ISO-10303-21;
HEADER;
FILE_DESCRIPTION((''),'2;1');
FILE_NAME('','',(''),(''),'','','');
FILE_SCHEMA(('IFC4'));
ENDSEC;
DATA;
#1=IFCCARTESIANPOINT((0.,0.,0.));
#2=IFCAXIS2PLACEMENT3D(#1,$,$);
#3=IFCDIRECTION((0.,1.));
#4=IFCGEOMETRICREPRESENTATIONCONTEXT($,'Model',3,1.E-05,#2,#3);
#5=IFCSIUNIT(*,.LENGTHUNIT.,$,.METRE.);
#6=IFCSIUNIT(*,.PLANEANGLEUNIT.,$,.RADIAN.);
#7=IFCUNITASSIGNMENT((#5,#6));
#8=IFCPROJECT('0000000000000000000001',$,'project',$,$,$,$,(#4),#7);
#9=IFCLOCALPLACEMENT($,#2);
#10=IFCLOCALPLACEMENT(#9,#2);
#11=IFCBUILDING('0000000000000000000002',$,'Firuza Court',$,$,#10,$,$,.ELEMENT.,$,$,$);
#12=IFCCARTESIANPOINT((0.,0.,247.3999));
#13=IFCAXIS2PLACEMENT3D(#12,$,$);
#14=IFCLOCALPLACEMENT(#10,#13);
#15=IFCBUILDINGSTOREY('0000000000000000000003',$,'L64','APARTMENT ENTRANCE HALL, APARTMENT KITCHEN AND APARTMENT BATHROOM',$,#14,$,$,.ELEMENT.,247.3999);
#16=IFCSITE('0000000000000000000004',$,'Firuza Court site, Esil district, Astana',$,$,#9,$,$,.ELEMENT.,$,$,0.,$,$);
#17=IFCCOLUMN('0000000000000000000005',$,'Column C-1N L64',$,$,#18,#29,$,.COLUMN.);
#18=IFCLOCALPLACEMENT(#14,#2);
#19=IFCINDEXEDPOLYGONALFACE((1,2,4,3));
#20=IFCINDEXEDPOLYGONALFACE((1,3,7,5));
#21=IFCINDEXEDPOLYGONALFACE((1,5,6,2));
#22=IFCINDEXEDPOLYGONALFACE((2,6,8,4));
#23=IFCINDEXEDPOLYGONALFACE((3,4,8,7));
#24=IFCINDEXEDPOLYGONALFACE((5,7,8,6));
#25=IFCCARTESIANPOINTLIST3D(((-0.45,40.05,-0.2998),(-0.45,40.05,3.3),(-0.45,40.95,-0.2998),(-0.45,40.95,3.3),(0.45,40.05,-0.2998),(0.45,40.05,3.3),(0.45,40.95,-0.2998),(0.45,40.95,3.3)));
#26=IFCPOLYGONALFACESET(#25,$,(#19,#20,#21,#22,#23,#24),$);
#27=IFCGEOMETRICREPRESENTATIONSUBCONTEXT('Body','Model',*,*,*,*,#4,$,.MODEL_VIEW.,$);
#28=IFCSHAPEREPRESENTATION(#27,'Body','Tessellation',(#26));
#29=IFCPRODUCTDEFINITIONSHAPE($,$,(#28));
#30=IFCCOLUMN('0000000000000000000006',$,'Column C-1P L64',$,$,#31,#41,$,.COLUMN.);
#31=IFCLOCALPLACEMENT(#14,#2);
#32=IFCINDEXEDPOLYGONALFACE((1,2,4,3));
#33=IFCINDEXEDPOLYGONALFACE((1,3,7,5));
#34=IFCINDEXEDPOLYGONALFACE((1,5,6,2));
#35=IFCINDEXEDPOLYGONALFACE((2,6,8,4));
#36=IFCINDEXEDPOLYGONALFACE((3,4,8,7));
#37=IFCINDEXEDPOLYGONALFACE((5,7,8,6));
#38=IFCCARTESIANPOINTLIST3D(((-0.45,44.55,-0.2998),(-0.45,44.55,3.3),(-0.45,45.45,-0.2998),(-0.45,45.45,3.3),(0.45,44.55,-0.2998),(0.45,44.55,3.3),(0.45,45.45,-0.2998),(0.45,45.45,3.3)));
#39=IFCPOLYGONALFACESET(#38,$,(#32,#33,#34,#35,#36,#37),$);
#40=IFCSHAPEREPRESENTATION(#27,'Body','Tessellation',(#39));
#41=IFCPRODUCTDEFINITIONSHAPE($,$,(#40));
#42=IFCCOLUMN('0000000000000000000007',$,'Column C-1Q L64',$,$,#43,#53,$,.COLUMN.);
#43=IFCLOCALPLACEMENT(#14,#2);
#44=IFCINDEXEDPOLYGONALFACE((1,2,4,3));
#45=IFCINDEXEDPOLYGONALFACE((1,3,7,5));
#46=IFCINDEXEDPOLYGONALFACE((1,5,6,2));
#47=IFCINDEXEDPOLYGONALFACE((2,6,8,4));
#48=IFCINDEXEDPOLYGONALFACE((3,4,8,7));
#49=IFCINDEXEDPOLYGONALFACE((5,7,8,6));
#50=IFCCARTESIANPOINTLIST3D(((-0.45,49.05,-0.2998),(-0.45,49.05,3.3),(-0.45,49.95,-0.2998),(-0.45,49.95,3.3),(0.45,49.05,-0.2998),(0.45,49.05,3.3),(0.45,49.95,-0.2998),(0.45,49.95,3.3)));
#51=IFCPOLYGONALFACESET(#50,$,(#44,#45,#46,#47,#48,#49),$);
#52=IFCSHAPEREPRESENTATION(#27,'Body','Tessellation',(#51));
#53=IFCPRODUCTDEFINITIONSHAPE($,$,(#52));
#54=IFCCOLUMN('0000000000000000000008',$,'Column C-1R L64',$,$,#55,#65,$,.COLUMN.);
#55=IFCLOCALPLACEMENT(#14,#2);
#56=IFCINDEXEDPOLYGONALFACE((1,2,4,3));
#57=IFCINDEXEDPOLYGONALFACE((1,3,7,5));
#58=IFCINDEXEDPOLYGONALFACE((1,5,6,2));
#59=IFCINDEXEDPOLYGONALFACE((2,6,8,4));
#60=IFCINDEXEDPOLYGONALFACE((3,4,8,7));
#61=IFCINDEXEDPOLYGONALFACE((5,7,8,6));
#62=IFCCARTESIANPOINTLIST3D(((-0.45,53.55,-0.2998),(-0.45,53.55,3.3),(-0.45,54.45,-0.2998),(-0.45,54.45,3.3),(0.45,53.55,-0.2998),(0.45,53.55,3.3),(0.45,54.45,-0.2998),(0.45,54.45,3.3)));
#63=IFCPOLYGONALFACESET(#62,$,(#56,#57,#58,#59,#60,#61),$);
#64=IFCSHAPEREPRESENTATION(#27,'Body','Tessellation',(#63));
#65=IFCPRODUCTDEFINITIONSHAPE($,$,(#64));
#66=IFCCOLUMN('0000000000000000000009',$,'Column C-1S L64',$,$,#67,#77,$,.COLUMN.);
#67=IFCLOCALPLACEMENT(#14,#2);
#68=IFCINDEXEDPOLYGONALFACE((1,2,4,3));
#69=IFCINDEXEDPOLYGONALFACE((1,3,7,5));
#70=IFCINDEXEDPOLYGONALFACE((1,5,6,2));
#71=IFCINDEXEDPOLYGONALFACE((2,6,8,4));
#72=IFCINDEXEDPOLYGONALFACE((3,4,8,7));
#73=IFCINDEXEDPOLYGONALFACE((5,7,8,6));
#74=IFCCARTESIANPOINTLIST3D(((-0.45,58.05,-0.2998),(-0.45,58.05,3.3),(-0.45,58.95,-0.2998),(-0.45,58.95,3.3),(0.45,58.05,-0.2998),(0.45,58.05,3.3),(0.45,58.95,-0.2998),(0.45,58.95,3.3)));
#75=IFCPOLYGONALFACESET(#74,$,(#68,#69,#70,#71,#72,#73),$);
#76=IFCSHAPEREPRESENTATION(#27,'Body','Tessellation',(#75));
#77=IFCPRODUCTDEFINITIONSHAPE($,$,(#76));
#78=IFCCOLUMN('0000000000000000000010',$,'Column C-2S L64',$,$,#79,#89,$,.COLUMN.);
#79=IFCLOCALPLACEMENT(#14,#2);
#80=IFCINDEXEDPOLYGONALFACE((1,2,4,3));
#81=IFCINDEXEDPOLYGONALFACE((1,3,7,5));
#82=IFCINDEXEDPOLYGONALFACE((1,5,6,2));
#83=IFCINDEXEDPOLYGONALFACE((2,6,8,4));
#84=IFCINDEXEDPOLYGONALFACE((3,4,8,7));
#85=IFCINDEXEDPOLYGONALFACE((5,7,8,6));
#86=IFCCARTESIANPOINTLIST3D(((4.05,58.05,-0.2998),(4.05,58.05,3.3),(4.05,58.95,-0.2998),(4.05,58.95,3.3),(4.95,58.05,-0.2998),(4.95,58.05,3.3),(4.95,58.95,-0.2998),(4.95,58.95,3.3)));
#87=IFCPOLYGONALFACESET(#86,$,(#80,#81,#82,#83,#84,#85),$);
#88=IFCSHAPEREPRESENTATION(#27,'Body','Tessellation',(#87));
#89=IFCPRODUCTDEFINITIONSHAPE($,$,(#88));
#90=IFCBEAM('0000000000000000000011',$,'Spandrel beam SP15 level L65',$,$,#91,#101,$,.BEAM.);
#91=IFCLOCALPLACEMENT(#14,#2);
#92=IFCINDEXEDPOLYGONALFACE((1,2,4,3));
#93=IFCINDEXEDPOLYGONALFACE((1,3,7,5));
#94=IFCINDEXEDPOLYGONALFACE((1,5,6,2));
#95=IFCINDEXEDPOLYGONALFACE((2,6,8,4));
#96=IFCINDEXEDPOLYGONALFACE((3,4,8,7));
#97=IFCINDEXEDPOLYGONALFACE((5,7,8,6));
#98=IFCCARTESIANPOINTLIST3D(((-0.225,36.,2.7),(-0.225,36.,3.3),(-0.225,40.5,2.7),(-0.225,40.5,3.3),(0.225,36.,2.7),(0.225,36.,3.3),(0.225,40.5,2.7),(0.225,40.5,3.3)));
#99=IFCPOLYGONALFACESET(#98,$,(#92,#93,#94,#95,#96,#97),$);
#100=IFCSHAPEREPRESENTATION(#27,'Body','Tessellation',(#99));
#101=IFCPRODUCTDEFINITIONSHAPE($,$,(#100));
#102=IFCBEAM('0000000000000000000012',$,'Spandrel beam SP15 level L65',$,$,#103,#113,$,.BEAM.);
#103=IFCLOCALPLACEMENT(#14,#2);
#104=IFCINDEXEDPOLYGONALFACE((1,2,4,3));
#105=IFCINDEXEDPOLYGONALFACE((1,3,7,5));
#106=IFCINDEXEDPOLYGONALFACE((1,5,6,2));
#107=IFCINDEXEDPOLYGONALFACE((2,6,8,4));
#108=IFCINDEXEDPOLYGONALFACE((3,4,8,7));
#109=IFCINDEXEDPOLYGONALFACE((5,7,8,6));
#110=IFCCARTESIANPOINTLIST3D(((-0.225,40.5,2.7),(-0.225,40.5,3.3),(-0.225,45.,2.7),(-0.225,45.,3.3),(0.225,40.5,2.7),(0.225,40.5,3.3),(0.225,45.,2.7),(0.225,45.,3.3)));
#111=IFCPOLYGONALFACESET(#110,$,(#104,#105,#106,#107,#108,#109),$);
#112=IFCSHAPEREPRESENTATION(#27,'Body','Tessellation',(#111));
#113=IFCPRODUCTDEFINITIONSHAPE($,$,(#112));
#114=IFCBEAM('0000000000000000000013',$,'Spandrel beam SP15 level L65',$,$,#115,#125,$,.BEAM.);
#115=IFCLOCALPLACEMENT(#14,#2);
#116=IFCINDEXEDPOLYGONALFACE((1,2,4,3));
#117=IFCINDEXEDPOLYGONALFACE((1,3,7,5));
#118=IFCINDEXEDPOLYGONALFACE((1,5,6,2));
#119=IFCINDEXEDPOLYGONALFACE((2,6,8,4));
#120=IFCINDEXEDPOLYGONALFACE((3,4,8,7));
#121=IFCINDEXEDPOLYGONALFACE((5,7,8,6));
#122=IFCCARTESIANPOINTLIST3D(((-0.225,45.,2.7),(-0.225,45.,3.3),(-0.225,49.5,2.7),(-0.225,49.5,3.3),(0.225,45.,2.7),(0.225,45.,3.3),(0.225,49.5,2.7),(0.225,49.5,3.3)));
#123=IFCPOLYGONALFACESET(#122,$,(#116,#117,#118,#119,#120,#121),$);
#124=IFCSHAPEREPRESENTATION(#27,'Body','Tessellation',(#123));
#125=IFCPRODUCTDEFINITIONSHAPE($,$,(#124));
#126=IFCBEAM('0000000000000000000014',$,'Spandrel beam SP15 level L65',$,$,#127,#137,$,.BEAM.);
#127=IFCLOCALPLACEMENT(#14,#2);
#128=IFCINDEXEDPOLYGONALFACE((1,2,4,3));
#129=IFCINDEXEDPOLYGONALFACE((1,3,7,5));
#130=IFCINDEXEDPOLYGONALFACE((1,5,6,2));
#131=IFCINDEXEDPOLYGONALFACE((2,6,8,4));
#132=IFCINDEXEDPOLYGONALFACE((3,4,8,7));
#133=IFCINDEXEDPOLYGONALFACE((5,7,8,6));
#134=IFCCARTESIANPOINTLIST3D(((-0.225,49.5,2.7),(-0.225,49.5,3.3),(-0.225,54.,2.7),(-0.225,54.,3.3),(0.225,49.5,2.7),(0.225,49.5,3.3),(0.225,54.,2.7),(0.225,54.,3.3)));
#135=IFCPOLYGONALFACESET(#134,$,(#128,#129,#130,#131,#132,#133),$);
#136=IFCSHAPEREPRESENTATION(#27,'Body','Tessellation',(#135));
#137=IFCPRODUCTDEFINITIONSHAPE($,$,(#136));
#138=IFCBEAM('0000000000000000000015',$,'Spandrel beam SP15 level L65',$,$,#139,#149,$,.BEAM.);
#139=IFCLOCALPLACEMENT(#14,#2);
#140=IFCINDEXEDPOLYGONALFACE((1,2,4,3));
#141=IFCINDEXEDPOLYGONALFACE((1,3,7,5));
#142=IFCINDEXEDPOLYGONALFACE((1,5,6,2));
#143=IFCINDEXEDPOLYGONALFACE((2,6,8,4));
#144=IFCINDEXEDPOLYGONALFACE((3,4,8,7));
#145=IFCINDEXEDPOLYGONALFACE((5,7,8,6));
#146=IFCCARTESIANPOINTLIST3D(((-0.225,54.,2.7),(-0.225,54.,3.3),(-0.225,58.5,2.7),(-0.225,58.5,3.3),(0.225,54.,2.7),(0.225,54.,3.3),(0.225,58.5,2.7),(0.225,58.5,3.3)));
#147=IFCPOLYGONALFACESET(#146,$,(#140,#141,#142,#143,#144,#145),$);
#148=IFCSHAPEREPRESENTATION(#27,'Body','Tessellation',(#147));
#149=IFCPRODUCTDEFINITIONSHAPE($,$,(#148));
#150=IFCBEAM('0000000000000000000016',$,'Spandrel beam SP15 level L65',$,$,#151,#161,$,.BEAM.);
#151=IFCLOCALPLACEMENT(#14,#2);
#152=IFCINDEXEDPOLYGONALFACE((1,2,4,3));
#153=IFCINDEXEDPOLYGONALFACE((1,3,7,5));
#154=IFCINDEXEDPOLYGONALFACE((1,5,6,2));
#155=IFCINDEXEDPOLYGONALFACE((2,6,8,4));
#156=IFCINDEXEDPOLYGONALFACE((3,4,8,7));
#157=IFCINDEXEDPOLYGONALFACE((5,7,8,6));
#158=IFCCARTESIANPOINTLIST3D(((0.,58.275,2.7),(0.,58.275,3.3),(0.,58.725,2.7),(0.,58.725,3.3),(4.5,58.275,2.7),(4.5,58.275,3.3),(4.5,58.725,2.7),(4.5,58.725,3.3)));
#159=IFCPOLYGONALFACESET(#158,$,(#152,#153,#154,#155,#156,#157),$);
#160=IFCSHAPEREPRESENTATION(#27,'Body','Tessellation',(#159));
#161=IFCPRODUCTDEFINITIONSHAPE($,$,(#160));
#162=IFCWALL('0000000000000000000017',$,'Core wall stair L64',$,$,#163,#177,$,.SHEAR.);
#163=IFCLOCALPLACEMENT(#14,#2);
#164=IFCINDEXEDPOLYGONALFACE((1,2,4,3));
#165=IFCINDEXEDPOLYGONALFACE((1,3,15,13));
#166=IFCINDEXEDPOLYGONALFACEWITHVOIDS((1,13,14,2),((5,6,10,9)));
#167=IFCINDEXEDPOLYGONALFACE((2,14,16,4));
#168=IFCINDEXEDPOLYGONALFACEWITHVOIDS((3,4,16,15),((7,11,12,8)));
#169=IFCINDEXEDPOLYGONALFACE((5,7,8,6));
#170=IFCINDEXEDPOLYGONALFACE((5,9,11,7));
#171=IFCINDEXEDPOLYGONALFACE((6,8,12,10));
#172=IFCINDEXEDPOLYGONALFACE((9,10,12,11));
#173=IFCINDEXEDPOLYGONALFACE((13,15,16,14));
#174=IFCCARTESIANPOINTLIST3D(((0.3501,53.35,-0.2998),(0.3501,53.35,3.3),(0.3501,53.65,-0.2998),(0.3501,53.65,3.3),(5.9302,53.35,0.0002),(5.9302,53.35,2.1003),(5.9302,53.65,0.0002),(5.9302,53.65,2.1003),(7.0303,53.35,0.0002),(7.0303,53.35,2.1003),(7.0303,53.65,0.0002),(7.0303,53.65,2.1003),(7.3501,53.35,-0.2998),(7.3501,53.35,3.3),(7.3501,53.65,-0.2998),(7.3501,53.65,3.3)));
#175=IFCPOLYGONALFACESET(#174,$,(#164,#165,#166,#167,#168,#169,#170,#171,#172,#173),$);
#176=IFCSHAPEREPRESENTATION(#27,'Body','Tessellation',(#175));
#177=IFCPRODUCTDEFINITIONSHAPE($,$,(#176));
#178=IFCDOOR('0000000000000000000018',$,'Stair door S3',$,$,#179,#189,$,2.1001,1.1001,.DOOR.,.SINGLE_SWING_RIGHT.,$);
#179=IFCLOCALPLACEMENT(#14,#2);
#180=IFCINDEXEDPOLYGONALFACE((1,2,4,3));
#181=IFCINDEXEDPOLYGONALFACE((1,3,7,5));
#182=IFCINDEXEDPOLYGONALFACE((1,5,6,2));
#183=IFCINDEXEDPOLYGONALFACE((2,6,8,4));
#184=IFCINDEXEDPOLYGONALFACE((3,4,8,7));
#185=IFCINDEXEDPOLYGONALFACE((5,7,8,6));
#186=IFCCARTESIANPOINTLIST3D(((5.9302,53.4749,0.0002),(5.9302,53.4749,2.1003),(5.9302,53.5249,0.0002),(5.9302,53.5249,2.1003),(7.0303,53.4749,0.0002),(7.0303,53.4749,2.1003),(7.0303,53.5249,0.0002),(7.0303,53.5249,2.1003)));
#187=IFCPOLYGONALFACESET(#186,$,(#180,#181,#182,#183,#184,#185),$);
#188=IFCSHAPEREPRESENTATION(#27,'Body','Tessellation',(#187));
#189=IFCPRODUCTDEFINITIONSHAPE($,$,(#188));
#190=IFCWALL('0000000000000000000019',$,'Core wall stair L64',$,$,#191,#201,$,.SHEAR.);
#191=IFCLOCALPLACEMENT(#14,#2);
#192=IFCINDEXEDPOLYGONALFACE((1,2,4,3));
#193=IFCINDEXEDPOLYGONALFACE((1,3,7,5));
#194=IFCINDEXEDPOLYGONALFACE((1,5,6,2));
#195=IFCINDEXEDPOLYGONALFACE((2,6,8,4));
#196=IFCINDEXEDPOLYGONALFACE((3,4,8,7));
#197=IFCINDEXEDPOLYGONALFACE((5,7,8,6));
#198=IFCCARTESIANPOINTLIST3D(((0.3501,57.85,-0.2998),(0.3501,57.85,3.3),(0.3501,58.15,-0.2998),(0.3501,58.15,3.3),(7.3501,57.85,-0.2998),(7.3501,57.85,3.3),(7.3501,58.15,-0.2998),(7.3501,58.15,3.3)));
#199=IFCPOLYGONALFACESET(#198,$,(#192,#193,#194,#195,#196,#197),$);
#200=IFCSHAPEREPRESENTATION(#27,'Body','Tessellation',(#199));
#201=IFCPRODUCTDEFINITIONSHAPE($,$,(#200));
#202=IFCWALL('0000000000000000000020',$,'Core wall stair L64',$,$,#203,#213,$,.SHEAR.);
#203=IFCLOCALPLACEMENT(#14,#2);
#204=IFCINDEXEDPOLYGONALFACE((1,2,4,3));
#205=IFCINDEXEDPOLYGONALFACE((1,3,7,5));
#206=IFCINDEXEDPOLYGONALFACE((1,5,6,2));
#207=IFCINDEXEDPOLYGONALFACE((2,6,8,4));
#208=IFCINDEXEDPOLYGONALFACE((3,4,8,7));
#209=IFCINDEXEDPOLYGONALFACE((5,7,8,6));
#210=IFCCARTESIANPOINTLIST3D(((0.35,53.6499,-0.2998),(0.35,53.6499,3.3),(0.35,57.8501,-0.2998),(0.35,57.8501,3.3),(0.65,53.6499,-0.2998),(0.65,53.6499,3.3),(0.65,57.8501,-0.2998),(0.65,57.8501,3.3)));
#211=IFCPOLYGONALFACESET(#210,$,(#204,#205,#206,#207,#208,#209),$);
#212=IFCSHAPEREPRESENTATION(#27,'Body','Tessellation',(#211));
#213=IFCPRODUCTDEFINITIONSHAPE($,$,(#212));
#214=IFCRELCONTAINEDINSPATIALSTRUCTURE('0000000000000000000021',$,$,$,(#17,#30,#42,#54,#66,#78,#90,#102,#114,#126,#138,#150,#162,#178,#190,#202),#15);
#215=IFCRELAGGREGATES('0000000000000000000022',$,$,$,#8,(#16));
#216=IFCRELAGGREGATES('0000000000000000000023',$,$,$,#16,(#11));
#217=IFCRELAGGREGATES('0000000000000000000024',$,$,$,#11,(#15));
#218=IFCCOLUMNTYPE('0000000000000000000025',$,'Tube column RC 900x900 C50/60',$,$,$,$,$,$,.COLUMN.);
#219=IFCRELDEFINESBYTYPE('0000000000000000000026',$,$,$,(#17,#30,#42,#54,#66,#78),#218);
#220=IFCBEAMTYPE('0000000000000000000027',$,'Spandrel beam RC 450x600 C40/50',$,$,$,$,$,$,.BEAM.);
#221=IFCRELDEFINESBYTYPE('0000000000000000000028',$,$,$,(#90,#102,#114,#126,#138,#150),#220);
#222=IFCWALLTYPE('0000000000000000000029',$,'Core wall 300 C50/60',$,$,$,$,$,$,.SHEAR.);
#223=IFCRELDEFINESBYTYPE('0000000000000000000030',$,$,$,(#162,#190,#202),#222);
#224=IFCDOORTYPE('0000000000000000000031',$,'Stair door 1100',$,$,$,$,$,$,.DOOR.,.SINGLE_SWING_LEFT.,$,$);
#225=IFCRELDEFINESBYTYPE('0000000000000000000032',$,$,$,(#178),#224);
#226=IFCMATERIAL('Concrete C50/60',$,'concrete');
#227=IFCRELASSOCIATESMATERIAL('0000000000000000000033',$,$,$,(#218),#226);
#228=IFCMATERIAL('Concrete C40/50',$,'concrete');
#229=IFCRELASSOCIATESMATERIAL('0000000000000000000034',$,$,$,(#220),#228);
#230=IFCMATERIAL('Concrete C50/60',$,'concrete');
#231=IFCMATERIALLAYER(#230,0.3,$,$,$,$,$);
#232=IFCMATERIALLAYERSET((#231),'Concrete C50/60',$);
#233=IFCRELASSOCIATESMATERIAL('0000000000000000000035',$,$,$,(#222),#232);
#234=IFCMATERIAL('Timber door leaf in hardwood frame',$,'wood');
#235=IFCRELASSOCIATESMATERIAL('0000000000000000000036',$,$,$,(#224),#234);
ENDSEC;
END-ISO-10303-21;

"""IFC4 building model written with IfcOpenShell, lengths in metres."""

from ifc_helpers import new_model, si_unit, direction, frame, frame_2d, origin, origin_2d, place, context, subcontext, project, spatial, rectangle, extrude, material, layer, layer_set, material_profile, profile_set, type_object, element, fill, save


model = new_model("IFC4")

# Units and contexts
model_context = context("Model", 3, precision=1e-05, world=origin(), true_north=direction((0.0, 1.0)))
body_context = subcontext(model_context, "Body", "Model", "MODEL_VIEW")
ifc_project = project(units=[si_unit("LENGTHUNIT", "METRE"), si_unit("PLANEANGLEUNIT", "RADIAN")], contexts=[model_context])

# Site, building, storey
site_placement = place(None, origin())
site = spatial("IfcSite", under=ifc_project, at=site_placement, Name="Firuza Court site, Esil district, Astana", CompositionType="ELEMENT", RefElevation=0.0)
building_placement = place(site_placement, origin())
building = spatial("IfcBuilding", under=site, at=building_placement, Name="Firuza Court", CompositionType="ELEMENT")
storey_placement = place(building_placement, frame((0.0, 0.0, 247.3999)))
storey = spatial("IfcBuildingStorey", under=building, at=storey_placement, Name="L64", Description="APARTMENT ENTRANCE HALL, APARTMENT KITCHEN AND APARTMENT BATHROOM", CompositionType="ELEMENT", Elevation=247.3999)

# Columns
ifc_material_1 = material(Name="Concrete C50/60", Category="concrete")
ifc_material_profile_1 = material_profile(ifc_material_1, rectangle(XDim=0.8999, YDim=0.8999, at=origin_2d()), Name="RC 900x900")
ifc_profile_set_1 = profile_set([ifc_material_profile_1], Name="Concrete C50/60")
column_type = type_object("IfcColumnType", Name="Tube column RC 900x900 C50/60", PredefinedType="COLUMN", material=ifc_profile_set_1)
for number, where, z_axis, x_axis, name in (
    (1, (0.0, 40.5, -0.2998), (0.0, 0.0, 1.0), (1.0, 0.0, 0.0), "Column C-1N L64"),
    (2, (0.0, 45.0, -0.2998), (0.0, 0.0, 1.0), (1.0, 0.0, 0.0), "Column C-1P L64"),
    (3, (0.0, 49.5, -0.2998), (0.0, 0.0, 1.0), (1.0, 0.0, 0.0), "Column C-1Q L64"),
    (4, (0.0, 54.0, -0.2998), (0.0, 0.0, 1.0), (1.0, 0.0, 0.0), "Column C-1R L64"),
    (5, (0.0, 58.5, -0.2998), (0.0, 0.0, 1.0), (1.0, 0.0, 0.0), "Column C-1S L64"),
    (6, (4.5, 58.5, -0.2998), (0.0, 0.0, 1.0), (1.0, 0.0, 0.0), "Column C-2S L64"),
):
    element("IfcColumn", number, at=place(storey_placement, frame(where, z_axis=z_axis, x_axis=x_axis)), inside=storey, type_object=column_type, Name=name, PredefinedType="COLUMN", context=body_context, shape_type="SweptSolid", body=[
        extrude(rectangle(XDim=0.8999, YDim=0.8999, at=origin_2d()), origin(), (0.0, 0.0, 1.0), 3.5999),
    ])

# Beams
ifc_material_2 = material(Name="Concrete C40/50", Category="concrete")
ifc_material_profile_2 = material_profile(ifc_material_2, rectangle(XDim=0.45, YDim=0.6001, at=origin_2d()), Name="RC 450x600")
ifc_profile_set_2 = profile_set([ifc_material_profile_2], Name="Concrete C40/50")
beam_type = type_object("IfcBeamType", Name="Spandrel beam RC 450x600 C40/50", PredefinedType="BEAM", material=ifc_profile_set_2)
for number, where, z_axis, x_axis, name in (
    (7, (0.0, 40.5, 3.0), (0.0, -1.0, 0.0), (1.0, 0.0, 0.0), "Spandrel beam SP15 level L65"),
    (8, (0.0, 45.0, 3.0), (0.0, -1.0, 0.0), (1.0, 0.0, 0.0), "Spandrel beam SP15 level L65"),
    (9, (0.0, 49.5, 3.0), (0.0, -1.0, 0.0), (1.0, 0.0, 0.0), "Spandrel beam SP15 level L65"),
    (10, (0.0, 54.0, 3.0), (0.0, -1.0, 0.0), (1.0, 0.0, 0.0), "Spandrel beam SP15 level L65"),
    (11, (0.0, 58.5, 3.0), (0.0, -1.0, 0.0), (1.0, 0.0, 0.0), "Spandrel beam SP15 level L65"),
    (12, (4.5, 58.5, 3.0), (-1.0, 0.0, 0.0), (0.0, -1.0, 0.0), "Spandrel beam SP15 level L65"),
):
    element("IfcBeam", number, at=place(storey_placement, frame(where, z_axis=z_axis, x_axis=x_axis)), inside=storey, type_object=beam_type, Name=name, PredefinedType="BEAM", context=body_context, shape_type="SweptSolid", body=[
        extrude(rectangle(XDim=0.45, YDim=0.6001, at=origin_2d()), origin(), (0.0, 0.0, 1.0), 4.5),
    ])

# Wall, opening, door
ifc_material_3 = material(Name="Concrete C50/60", Category="concrete")
ifc_layer_1 = layer(ifc_material_3, 0.3)
ifc_layer_set_1 = layer_set([ifc_layer_1], Name="Concrete C50/60")
wall_type_1 = type_object("IfcWallType", Name="Core wall 300 C50/60", PredefinedType="SHEAR", material=ifc_layer_set_1)
wall_1_placement = place(storey_placement, frame((0.3501, 53.5, -0.2998), z_axis=(0.0, 0.0, 1.0), x_axis=(1.0, 0.0, 0.0)))
wall_1 = element("IfcWall", 13, at=wall_1_placement, inside=storey, type_object=wall_type_1, Name="Core wall stair L64", PredefinedType="SHEAR", context=body_context, shape_type="SweptSolid", body=[
    extrude(rectangle(XDim=7.0, YDim=0.3, at=frame_2d((3.5, 0.0))), origin(), (0.0, 0.0, 1.0), 3.5999),
])
opening_placement = place(wall_1_placement, frame((5.5801, 0.0, 0.3)))
opening = element("IfcOpeningElement", 14, at=opening_placement, cuts=wall_1, PredefinedType="OPENING", context=body_context, shape_type="SweptSolid", body=[
    extrude(rectangle(XDim=1.1001, YDim=2.1001, at=frame_2d((0.55, 1.05))), frame((0.0, 0.1621, 0.0), z_axis=(0.0, -1.0, 0.0), x_axis=(1.0, 0.0, 0.0)), (0.0, 0.0, 1.0), 0.324),
])
ifc_material_4 = material(Name="Timber door leaf in hardwood frame", Category="wood")
door_type = type_object("IfcDoorType", Name="Stair door 1100", OperationType="SINGLE_SWING_LEFT", PredefinedType="DOOR", material=ifc_material_4)
door_placement = place(opening_placement, origin())
door = element("IfcDoor", 15, at=door_placement, inside=storey, type_object=door_type, Name="Stair door S3", OperationType="SINGLE_SWING_RIGHT", OverallHeight=2.1001, OverallWidth=1.1001, PredefinedType="DOOR", context=body_context, shape_type="SweptSolid", body=[
    extrude(rectangle(XDim=1.1001, YDim=2.1001, at=frame_2d((0.55, 1.05))), frame((0.0, 0.0249, 0.0), z_axis=(0.0, -1.0, 0.0), x_axis=(1.0, 0.0, 0.0)), (0.0, 0.0, 1.0), 0.05),
])
fill(opening, door)

# Walls
wall_2_placement = place(storey_placement, frame((0.3501, 58.0, -0.2998), z_axis=(0.0, 0.0, 1.0), x_axis=(1.0, 0.0, 0.0)))
element("IfcWall", 16, at=wall_2_placement, inside=storey, type_object=wall_type_1, Name="Core wall stair L64", PredefinedType="SHEAR", context=body_context, shape_type="SweptSolid", body=[
    extrude(rectangle(XDim=7.0, YDim=0.3, at=frame_2d((3.5, 0.0))), origin(), (0.0, 0.0, 1.0), 3.5999),
])
wall_3_placement = place(storey_placement, frame((0.5, 53.6499, -0.2998), z_axis=(0.0, 0.0, 1.0), x_axis=(0.0, 1.0, 0.0)))
element("IfcWall", 17, at=wall_3_placement, inside=storey, type_object=wall_type_1, Name="Core wall stair L64", PredefinedType="SHEAR", context=body_context, shape_type="SweptSolid", body=[
    extrude(rectangle(XDim=4.2002, YDim=0.3, at=frame_2d((2.1001, 0.0))), origin(), (0.0, 0.0, 1.0), 3.5999),
])

save(model, "model.ifc")
